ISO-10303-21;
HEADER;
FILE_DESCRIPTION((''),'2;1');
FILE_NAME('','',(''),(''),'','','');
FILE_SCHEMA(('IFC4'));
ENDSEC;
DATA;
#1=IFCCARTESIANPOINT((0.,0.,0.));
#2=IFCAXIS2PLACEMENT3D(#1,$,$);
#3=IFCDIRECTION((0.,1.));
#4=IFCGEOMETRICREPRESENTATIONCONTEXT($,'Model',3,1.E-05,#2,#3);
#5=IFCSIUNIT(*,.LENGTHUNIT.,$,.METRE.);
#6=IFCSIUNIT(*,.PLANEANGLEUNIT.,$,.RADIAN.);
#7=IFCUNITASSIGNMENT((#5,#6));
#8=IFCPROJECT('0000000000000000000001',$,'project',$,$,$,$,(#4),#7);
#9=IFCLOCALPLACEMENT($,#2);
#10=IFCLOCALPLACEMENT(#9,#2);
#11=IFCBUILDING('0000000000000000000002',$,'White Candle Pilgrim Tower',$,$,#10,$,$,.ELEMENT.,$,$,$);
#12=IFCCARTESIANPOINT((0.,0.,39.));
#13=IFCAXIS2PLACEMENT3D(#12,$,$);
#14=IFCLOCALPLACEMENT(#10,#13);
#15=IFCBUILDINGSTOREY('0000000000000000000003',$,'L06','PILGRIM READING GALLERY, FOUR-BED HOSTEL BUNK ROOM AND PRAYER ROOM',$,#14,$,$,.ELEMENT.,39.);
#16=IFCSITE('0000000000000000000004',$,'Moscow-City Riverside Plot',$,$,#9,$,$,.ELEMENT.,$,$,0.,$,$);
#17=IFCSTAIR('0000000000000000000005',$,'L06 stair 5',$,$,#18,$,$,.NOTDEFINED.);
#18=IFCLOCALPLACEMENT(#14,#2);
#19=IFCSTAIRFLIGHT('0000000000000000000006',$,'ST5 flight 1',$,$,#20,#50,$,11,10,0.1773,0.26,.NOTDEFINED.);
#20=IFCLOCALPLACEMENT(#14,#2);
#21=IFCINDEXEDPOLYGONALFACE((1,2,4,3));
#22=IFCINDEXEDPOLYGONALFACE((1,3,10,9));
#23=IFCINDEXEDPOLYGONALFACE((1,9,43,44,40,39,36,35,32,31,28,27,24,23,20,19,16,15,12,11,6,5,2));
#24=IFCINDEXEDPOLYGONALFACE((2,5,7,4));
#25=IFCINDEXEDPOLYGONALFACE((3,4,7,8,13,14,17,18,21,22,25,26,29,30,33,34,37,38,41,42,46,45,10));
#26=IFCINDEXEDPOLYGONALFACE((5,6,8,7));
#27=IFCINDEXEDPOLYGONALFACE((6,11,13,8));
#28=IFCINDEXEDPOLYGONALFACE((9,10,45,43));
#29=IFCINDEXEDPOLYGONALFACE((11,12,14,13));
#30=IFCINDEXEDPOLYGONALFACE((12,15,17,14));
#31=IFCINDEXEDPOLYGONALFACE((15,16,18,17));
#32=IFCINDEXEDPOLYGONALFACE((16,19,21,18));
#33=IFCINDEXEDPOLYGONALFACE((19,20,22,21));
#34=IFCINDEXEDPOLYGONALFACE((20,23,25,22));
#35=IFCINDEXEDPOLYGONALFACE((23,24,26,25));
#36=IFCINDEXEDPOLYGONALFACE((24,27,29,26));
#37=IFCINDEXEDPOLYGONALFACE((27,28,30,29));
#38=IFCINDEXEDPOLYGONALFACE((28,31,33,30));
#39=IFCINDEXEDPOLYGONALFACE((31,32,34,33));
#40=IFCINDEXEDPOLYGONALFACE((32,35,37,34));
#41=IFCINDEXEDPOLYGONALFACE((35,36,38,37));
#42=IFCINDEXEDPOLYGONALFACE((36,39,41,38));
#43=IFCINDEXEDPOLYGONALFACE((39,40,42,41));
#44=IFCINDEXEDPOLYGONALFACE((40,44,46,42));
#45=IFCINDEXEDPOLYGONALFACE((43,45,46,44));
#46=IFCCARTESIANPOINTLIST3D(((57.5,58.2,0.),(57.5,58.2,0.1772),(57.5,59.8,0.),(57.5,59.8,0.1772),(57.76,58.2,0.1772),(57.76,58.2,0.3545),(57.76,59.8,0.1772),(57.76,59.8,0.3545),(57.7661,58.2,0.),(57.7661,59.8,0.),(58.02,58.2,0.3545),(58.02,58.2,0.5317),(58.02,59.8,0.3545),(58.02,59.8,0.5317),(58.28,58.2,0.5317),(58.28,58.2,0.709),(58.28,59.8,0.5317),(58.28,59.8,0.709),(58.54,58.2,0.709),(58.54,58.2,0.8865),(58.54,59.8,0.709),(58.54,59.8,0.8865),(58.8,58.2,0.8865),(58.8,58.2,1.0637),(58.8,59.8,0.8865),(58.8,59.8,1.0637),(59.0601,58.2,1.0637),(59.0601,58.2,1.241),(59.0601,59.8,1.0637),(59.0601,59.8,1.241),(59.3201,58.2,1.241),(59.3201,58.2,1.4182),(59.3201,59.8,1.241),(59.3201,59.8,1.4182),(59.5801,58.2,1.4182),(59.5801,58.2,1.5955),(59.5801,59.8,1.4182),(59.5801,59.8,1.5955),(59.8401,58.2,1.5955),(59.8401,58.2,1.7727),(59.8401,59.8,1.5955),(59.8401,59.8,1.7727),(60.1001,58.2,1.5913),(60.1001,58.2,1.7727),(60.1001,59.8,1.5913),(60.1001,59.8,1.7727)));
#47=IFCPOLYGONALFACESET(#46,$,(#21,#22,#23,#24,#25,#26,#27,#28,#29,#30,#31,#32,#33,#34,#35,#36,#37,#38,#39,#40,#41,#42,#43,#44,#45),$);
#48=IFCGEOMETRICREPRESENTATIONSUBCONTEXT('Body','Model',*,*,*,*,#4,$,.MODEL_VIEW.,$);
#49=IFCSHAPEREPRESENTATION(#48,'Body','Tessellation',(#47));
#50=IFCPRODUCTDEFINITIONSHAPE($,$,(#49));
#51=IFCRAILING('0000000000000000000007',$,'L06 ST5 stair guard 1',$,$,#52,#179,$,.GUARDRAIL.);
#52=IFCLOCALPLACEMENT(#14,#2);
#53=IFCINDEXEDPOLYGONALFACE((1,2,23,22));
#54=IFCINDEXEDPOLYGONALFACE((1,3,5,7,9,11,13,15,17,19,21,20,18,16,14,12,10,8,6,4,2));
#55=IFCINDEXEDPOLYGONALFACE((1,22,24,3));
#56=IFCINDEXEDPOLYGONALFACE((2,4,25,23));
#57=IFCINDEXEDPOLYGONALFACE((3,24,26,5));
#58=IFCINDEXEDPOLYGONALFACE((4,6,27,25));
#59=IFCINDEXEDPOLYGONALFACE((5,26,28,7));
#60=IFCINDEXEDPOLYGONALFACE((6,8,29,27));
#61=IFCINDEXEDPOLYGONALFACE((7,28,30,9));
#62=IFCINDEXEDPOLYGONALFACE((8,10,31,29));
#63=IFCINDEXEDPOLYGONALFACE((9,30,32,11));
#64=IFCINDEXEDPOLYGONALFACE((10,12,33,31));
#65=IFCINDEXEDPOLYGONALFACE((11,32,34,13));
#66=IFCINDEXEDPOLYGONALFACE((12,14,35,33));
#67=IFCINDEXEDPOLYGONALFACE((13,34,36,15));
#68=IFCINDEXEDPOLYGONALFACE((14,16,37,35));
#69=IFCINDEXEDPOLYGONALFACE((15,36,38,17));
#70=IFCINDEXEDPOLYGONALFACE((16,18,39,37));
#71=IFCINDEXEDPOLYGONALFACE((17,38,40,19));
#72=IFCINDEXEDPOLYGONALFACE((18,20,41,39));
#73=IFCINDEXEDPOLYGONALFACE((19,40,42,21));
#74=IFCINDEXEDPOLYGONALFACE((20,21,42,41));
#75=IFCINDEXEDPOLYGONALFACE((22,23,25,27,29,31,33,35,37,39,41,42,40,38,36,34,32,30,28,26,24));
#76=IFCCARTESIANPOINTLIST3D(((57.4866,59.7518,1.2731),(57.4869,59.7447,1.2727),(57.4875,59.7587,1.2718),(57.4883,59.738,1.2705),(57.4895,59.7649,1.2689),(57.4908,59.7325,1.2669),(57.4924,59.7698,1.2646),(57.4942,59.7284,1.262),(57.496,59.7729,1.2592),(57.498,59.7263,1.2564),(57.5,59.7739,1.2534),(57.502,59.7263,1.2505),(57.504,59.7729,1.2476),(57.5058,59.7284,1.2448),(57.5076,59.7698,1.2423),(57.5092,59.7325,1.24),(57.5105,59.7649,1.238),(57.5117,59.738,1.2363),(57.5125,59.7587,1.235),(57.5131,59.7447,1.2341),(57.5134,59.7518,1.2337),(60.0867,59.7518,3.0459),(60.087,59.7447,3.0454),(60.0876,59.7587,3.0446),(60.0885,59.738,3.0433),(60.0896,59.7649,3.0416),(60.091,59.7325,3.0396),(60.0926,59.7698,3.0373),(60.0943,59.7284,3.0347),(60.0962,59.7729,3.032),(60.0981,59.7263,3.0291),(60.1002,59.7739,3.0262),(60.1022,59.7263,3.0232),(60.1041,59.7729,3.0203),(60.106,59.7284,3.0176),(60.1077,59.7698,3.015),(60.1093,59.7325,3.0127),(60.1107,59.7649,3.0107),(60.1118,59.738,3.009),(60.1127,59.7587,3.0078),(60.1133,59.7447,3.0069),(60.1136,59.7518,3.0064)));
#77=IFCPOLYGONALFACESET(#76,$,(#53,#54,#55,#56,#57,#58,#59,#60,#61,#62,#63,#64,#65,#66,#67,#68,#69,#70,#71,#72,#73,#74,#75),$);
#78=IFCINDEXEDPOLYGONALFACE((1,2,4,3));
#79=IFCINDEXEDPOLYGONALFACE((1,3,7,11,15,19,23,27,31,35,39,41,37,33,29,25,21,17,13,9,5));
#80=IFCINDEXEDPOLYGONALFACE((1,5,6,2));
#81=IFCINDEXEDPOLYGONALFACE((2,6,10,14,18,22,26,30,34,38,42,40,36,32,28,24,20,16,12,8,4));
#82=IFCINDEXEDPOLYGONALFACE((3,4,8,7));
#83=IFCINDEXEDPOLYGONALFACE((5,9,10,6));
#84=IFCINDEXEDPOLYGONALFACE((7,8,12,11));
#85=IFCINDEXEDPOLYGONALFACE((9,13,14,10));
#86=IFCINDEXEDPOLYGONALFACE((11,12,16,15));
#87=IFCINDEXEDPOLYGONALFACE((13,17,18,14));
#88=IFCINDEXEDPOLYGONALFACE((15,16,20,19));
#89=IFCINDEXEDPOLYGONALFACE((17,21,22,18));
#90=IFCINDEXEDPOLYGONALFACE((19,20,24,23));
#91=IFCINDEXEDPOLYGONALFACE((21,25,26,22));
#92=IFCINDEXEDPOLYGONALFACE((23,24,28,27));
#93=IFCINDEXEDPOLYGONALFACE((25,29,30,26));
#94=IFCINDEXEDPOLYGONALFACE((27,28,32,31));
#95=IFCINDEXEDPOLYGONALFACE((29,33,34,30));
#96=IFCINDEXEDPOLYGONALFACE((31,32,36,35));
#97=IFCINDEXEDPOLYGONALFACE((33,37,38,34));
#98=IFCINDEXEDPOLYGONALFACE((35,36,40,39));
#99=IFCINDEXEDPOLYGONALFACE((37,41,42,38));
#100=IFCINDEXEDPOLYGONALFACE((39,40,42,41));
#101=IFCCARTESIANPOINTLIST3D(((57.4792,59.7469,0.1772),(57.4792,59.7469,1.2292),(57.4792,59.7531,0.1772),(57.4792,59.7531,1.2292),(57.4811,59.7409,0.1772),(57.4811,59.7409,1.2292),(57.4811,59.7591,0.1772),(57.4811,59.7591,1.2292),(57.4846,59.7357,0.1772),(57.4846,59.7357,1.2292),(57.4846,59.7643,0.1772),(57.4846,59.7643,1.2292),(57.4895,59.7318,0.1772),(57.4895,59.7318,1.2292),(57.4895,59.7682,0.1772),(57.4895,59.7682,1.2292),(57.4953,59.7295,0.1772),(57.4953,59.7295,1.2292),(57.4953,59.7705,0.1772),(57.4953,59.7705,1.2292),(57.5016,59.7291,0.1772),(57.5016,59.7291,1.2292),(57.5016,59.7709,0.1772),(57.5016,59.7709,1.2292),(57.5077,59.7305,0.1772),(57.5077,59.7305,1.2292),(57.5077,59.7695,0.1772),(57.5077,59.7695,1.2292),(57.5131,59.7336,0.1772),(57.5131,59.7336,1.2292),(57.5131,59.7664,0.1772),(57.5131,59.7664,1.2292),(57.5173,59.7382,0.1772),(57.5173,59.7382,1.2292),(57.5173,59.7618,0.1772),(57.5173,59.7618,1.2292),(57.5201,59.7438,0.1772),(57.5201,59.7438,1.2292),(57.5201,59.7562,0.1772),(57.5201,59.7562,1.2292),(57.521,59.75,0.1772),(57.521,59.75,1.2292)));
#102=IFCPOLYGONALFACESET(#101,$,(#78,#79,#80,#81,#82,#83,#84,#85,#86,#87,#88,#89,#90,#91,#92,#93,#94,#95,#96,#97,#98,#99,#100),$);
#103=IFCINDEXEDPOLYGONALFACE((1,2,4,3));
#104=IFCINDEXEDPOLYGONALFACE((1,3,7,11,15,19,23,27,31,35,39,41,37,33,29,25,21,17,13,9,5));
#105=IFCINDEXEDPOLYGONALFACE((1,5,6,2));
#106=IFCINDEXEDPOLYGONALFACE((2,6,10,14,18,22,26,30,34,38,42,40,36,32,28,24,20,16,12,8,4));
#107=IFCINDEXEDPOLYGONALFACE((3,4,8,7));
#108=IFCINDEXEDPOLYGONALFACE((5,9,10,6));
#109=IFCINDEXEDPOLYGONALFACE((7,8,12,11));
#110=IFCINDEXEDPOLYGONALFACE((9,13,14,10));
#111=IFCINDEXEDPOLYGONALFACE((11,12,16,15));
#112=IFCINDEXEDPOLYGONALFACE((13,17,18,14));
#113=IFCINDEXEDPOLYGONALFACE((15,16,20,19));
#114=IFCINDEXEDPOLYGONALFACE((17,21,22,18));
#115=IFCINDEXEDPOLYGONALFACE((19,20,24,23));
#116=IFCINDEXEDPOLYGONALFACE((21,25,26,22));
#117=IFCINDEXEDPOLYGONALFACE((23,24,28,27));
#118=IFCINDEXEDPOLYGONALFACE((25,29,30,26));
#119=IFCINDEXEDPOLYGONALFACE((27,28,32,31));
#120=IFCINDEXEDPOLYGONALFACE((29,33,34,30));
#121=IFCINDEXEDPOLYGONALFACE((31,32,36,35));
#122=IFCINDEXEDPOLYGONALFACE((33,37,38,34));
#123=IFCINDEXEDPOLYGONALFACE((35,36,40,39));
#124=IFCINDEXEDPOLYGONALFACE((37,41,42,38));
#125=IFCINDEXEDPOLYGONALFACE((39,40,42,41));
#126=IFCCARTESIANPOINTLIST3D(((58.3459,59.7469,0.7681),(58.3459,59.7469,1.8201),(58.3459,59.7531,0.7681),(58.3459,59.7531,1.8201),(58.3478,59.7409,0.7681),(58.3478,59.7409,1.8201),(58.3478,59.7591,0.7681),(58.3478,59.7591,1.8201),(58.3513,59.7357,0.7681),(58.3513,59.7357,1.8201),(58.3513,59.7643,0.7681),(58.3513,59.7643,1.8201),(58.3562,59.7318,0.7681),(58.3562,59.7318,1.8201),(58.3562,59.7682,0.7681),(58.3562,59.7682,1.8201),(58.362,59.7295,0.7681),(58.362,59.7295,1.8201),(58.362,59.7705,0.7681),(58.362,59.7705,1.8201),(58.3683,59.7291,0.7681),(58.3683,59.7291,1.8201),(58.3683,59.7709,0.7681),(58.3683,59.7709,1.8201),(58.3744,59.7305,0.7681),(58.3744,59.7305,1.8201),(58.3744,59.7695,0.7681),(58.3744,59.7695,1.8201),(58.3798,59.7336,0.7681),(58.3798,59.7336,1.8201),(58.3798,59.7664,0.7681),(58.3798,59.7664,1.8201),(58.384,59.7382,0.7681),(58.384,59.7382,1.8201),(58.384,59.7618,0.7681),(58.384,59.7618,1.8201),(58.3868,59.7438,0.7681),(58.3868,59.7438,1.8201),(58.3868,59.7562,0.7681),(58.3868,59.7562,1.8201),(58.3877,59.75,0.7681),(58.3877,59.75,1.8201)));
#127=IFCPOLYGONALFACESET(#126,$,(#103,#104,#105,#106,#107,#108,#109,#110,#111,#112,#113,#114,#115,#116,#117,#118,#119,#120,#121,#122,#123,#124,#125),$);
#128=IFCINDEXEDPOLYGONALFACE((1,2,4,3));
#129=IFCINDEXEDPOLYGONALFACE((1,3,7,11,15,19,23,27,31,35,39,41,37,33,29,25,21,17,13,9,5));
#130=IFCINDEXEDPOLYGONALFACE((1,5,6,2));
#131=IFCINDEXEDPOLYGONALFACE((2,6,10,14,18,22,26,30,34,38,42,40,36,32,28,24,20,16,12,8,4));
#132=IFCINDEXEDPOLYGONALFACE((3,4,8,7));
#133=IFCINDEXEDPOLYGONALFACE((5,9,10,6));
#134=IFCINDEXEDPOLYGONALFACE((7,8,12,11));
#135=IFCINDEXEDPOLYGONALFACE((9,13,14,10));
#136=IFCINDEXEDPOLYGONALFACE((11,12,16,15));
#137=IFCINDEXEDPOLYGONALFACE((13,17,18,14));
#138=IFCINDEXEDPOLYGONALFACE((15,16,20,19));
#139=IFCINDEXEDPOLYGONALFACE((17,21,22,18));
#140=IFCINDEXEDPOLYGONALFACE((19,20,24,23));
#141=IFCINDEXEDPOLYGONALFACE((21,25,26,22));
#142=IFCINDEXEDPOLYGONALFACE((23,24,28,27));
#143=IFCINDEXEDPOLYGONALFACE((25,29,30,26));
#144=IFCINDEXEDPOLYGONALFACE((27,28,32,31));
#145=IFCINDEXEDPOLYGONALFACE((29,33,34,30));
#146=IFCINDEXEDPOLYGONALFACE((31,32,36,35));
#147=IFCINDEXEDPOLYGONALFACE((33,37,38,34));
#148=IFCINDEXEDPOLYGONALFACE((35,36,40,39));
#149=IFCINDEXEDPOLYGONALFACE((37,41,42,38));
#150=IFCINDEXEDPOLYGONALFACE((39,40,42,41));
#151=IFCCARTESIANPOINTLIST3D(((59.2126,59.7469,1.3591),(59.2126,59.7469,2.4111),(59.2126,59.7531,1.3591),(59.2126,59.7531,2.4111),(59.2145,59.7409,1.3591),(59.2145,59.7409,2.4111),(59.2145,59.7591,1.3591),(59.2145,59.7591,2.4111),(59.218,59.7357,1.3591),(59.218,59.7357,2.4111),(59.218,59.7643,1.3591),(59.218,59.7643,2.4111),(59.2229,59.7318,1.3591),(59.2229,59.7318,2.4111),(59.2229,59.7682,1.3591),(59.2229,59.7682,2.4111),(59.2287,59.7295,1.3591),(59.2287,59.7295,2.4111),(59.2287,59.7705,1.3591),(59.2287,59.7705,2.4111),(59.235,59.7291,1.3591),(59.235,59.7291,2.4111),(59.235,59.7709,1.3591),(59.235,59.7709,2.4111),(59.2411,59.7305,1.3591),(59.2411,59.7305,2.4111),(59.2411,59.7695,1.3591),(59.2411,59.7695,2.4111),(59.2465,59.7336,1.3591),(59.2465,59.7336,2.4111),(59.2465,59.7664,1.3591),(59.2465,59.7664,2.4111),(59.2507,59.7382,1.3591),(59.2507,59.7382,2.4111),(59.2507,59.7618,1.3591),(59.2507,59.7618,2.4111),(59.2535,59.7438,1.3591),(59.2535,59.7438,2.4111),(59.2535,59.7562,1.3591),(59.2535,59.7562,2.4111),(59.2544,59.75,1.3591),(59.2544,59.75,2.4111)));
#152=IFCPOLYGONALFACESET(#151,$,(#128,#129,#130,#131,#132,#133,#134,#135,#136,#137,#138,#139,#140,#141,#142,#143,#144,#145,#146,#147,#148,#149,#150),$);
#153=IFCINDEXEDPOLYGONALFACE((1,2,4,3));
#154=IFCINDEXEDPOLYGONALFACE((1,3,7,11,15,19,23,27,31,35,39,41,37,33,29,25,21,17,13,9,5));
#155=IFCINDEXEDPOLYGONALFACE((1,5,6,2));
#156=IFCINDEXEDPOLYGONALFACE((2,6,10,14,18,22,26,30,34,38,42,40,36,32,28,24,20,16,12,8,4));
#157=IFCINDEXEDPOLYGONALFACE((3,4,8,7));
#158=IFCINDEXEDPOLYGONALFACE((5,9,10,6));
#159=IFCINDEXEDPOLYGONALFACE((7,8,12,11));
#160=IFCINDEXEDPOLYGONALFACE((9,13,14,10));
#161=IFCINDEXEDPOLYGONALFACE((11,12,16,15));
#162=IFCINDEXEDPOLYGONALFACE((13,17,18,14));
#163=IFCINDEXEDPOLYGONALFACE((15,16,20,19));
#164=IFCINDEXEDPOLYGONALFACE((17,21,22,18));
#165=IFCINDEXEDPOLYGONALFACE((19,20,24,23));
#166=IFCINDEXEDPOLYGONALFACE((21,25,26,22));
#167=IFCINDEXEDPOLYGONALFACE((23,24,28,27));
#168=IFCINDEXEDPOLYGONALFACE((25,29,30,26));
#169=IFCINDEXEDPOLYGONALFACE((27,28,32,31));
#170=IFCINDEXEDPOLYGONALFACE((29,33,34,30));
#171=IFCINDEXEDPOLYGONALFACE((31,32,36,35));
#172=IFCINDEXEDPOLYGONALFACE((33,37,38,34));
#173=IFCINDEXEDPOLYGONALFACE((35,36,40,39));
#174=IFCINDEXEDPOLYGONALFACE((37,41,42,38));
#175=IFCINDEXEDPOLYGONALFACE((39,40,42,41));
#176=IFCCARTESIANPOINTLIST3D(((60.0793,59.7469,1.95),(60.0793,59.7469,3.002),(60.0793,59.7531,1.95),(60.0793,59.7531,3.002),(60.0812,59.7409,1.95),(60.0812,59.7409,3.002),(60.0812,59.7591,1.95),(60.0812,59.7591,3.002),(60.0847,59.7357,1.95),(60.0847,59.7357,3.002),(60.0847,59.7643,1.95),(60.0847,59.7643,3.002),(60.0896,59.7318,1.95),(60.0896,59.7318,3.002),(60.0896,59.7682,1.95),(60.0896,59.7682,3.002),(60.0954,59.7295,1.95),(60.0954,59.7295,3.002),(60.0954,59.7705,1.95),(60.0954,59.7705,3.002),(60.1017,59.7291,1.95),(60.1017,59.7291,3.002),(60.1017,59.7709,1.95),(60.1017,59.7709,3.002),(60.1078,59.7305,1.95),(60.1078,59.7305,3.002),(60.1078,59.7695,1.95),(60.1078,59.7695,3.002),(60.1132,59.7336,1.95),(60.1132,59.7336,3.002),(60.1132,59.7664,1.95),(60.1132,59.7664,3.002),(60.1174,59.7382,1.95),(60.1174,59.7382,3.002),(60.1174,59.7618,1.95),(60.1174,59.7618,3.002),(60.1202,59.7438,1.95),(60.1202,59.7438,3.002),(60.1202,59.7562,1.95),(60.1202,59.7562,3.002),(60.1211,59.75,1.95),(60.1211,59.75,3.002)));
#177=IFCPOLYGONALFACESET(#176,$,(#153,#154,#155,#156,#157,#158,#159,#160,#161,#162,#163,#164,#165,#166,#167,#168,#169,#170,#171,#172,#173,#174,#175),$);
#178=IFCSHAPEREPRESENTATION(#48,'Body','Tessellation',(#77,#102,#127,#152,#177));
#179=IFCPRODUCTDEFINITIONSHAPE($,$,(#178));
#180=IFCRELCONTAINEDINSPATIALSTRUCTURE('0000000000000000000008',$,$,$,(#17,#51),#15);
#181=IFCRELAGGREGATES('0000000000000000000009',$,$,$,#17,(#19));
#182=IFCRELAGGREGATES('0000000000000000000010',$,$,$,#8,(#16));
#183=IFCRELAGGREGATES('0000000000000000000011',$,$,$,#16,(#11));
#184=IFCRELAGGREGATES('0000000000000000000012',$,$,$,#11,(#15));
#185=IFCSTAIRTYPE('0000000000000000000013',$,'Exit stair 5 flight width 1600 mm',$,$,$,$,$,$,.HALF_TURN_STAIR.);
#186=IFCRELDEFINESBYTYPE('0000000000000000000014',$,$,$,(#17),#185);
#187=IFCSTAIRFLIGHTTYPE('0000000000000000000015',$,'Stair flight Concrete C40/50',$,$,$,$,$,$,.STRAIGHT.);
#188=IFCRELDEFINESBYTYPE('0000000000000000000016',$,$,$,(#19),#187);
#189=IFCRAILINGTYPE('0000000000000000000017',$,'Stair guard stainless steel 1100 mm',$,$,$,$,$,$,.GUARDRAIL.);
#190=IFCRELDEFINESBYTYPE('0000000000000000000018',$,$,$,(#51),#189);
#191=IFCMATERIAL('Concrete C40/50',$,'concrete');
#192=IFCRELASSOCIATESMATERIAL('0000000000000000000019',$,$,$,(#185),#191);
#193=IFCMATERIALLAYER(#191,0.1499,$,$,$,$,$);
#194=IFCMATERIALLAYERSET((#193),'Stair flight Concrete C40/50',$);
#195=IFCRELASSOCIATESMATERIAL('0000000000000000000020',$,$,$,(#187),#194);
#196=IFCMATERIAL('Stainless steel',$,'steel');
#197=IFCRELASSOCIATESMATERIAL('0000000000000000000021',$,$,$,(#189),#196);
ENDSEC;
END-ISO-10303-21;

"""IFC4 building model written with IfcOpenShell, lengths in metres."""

from ifc_helpers import new_model, si_unit, direction, frame, origin, origin_2d, place, context, subcontext, project, spatial, polyline, circle, outline, extrude, material, layer, layer_set, type_object, element, aggregate, save


model = new_model("IFC4")

# Units and contexts
model_context = context("Model", 3, precision=1e-05, world=origin(), true_north=direction((0.0, 1.0)))
body_context = subcontext(model_context, "Body", "Model", "MODEL_VIEW")
ifc_project = project(units=[si_unit("LENGTHUNIT", "METRE"), si_unit("PLANEANGLEUNIT", "RADIAN")], contexts=[model_context])

# Site, building, storey
site_placement = place(None, origin())
site = spatial("IfcSite", under=ifc_project, at=site_placement, Name="Moscow-City Riverside Plot", CompositionType="ELEMENT", RefElevation=0.0)
building_placement = place(site_placement, origin())
building = spatial("IfcBuilding", under=site, at=building_placement, Name="White Candle Pilgrim Tower", CompositionType="ELEMENT")
storey_placement = place(building_placement, frame((0.0, 0.0, 39.0)))
storey = spatial("IfcBuildingStorey", under=building, at=storey_placement, Name="L06", Description="PILGRIM READING GALLERY, FOUR-BED HOSTEL BUNK ROOM AND PRAYER ROOM", CompositionType="ELEMENT", Elevation=39.0)

# Stair, stair flight
ifc_material_1 = material(Name="Concrete C40/50", Category="concrete")
stair_type = type_object("IfcStairType", Name="Exit stair 5 flight width 1600 mm", PredefinedType="HALF_TURN_STAIR", material=ifc_material_1)
stair_placement = place(storey_placement, origin())
stair = element("IfcStair", 1, at=stair_placement, inside=storey, type_object=stair_type, Name="L06 stair 5", PredefinedType="NOTDEFINED")
ifc_layer_1 = layer(ifc_material_1, 0.1499)
ifc_layer_set_1 = layer_set([ifc_layer_1], Name="Stair flight Concrete C40/50")
stair_flight_type = type_object("IfcStairFlightType", Name="Stair flight Concrete C40/50", PredefinedType="STRAIGHT", material=ifc_layer_set_1)
stair_flight_placement = place(storey_placement, frame((57.5, 59.0, 0.0), z_axis=(0.0, 0.0, 1.0), x_axis=(1.0, 0.0, 0.0)))
stair_flight = element("IfcStairFlight", 2, at=stair_flight_placement, type_object=stair_flight_type, Name="ST5 flight 1", NumberOfRisers=11, NumberOfTreads=10, PredefinedType="NOTDEFINED", RiserHeight=0.1773, TreadLength=0.26, context=body_context, shape_type="SweptSolid", body=[
    extrude(outline(polyline([(0.0, 0.0), (0.0, 0.1772), (0.26, 0.1772), (0.26, 0.3545), (0.52, 0.3545), (0.52, 0.5317), (0.78, 0.5317), (0.78, 0.709), (1.04, 0.709), (1.04, 0.8865), (1.3, 0.8865), (1.3, 1.0637), (1.5601, 1.0637), (1.5601, 1.241), (1.8201, 1.241), (1.8201, 1.4182), (2.0801, 1.4182), (2.0801, 1.5955), (2.3401, 1.5955), (2.3401, 1.7727), (2.6001, 1.7727), (2.6001, 1.95), (2.6001, 1.5913), (0.2661, 0.0), (0.0, 0.0)])), frame((0.0, 0.8, 0.0), z_axis=(0.0, -1.0, 0.0), x_axis=(1.0, 0.0, 0.0)), (0.0, 0.0, 1.0), 1.6001),
])
aggregate(stair, [stair_flight])

# Railing
ifc_material_2 = material(Name="Stainless steel", Category="steel")
railing_type_1 = type_object("IfcRailingType", Name="Stair guard stainless steel 1100 mm", PredefinedType="GUARDRAIL", material=ifc_material_2)
railing_1_placement = place(storey_placement, frame((57.5, 59.75, 0.1772)))
element("IfcRailing", 3, at=railing_1_placement, inside=storey, type_object=railing_type_1, Name="L06 ST5 stair guard 1", PredefinedType="GUARDRAIL", context=body_context, shape_type="SweptSolid", body=[
    extrude(circle(Radius=0.0239, at=origin_2d()), frame((0.0, 0.0, 1.0762), z_axis=(0.82624, 0.0, 0.563318), x_axis=(0.0, 1.0, 0.0)), (0.0, 0.0, 1.0), 3.147),
    extrude(circle(Radius=0.021, at=origin_2d()), origin(), (0.0, 0.0, 1.0), 1.052),
    extrude(circle(Radius=0.021, at=origin_2d()), frame((0.8667, 0.0, 0.5908)), (0.0, 0.0, 1.0), 1.052),
    extrude(circle(Radius=0.021, at=origin_2d()), frame((1.7334, 0.0, 1.1819)), (0.0, 0.0, 1.0), 1.052),
    extrude(circle(Radius=0.021, at=origin_2d()), frame((2.6001, 0.0, 1.7727)), (0.0, 0.0, 1.0), 1.052),
])

save(model, "model.ifc")
